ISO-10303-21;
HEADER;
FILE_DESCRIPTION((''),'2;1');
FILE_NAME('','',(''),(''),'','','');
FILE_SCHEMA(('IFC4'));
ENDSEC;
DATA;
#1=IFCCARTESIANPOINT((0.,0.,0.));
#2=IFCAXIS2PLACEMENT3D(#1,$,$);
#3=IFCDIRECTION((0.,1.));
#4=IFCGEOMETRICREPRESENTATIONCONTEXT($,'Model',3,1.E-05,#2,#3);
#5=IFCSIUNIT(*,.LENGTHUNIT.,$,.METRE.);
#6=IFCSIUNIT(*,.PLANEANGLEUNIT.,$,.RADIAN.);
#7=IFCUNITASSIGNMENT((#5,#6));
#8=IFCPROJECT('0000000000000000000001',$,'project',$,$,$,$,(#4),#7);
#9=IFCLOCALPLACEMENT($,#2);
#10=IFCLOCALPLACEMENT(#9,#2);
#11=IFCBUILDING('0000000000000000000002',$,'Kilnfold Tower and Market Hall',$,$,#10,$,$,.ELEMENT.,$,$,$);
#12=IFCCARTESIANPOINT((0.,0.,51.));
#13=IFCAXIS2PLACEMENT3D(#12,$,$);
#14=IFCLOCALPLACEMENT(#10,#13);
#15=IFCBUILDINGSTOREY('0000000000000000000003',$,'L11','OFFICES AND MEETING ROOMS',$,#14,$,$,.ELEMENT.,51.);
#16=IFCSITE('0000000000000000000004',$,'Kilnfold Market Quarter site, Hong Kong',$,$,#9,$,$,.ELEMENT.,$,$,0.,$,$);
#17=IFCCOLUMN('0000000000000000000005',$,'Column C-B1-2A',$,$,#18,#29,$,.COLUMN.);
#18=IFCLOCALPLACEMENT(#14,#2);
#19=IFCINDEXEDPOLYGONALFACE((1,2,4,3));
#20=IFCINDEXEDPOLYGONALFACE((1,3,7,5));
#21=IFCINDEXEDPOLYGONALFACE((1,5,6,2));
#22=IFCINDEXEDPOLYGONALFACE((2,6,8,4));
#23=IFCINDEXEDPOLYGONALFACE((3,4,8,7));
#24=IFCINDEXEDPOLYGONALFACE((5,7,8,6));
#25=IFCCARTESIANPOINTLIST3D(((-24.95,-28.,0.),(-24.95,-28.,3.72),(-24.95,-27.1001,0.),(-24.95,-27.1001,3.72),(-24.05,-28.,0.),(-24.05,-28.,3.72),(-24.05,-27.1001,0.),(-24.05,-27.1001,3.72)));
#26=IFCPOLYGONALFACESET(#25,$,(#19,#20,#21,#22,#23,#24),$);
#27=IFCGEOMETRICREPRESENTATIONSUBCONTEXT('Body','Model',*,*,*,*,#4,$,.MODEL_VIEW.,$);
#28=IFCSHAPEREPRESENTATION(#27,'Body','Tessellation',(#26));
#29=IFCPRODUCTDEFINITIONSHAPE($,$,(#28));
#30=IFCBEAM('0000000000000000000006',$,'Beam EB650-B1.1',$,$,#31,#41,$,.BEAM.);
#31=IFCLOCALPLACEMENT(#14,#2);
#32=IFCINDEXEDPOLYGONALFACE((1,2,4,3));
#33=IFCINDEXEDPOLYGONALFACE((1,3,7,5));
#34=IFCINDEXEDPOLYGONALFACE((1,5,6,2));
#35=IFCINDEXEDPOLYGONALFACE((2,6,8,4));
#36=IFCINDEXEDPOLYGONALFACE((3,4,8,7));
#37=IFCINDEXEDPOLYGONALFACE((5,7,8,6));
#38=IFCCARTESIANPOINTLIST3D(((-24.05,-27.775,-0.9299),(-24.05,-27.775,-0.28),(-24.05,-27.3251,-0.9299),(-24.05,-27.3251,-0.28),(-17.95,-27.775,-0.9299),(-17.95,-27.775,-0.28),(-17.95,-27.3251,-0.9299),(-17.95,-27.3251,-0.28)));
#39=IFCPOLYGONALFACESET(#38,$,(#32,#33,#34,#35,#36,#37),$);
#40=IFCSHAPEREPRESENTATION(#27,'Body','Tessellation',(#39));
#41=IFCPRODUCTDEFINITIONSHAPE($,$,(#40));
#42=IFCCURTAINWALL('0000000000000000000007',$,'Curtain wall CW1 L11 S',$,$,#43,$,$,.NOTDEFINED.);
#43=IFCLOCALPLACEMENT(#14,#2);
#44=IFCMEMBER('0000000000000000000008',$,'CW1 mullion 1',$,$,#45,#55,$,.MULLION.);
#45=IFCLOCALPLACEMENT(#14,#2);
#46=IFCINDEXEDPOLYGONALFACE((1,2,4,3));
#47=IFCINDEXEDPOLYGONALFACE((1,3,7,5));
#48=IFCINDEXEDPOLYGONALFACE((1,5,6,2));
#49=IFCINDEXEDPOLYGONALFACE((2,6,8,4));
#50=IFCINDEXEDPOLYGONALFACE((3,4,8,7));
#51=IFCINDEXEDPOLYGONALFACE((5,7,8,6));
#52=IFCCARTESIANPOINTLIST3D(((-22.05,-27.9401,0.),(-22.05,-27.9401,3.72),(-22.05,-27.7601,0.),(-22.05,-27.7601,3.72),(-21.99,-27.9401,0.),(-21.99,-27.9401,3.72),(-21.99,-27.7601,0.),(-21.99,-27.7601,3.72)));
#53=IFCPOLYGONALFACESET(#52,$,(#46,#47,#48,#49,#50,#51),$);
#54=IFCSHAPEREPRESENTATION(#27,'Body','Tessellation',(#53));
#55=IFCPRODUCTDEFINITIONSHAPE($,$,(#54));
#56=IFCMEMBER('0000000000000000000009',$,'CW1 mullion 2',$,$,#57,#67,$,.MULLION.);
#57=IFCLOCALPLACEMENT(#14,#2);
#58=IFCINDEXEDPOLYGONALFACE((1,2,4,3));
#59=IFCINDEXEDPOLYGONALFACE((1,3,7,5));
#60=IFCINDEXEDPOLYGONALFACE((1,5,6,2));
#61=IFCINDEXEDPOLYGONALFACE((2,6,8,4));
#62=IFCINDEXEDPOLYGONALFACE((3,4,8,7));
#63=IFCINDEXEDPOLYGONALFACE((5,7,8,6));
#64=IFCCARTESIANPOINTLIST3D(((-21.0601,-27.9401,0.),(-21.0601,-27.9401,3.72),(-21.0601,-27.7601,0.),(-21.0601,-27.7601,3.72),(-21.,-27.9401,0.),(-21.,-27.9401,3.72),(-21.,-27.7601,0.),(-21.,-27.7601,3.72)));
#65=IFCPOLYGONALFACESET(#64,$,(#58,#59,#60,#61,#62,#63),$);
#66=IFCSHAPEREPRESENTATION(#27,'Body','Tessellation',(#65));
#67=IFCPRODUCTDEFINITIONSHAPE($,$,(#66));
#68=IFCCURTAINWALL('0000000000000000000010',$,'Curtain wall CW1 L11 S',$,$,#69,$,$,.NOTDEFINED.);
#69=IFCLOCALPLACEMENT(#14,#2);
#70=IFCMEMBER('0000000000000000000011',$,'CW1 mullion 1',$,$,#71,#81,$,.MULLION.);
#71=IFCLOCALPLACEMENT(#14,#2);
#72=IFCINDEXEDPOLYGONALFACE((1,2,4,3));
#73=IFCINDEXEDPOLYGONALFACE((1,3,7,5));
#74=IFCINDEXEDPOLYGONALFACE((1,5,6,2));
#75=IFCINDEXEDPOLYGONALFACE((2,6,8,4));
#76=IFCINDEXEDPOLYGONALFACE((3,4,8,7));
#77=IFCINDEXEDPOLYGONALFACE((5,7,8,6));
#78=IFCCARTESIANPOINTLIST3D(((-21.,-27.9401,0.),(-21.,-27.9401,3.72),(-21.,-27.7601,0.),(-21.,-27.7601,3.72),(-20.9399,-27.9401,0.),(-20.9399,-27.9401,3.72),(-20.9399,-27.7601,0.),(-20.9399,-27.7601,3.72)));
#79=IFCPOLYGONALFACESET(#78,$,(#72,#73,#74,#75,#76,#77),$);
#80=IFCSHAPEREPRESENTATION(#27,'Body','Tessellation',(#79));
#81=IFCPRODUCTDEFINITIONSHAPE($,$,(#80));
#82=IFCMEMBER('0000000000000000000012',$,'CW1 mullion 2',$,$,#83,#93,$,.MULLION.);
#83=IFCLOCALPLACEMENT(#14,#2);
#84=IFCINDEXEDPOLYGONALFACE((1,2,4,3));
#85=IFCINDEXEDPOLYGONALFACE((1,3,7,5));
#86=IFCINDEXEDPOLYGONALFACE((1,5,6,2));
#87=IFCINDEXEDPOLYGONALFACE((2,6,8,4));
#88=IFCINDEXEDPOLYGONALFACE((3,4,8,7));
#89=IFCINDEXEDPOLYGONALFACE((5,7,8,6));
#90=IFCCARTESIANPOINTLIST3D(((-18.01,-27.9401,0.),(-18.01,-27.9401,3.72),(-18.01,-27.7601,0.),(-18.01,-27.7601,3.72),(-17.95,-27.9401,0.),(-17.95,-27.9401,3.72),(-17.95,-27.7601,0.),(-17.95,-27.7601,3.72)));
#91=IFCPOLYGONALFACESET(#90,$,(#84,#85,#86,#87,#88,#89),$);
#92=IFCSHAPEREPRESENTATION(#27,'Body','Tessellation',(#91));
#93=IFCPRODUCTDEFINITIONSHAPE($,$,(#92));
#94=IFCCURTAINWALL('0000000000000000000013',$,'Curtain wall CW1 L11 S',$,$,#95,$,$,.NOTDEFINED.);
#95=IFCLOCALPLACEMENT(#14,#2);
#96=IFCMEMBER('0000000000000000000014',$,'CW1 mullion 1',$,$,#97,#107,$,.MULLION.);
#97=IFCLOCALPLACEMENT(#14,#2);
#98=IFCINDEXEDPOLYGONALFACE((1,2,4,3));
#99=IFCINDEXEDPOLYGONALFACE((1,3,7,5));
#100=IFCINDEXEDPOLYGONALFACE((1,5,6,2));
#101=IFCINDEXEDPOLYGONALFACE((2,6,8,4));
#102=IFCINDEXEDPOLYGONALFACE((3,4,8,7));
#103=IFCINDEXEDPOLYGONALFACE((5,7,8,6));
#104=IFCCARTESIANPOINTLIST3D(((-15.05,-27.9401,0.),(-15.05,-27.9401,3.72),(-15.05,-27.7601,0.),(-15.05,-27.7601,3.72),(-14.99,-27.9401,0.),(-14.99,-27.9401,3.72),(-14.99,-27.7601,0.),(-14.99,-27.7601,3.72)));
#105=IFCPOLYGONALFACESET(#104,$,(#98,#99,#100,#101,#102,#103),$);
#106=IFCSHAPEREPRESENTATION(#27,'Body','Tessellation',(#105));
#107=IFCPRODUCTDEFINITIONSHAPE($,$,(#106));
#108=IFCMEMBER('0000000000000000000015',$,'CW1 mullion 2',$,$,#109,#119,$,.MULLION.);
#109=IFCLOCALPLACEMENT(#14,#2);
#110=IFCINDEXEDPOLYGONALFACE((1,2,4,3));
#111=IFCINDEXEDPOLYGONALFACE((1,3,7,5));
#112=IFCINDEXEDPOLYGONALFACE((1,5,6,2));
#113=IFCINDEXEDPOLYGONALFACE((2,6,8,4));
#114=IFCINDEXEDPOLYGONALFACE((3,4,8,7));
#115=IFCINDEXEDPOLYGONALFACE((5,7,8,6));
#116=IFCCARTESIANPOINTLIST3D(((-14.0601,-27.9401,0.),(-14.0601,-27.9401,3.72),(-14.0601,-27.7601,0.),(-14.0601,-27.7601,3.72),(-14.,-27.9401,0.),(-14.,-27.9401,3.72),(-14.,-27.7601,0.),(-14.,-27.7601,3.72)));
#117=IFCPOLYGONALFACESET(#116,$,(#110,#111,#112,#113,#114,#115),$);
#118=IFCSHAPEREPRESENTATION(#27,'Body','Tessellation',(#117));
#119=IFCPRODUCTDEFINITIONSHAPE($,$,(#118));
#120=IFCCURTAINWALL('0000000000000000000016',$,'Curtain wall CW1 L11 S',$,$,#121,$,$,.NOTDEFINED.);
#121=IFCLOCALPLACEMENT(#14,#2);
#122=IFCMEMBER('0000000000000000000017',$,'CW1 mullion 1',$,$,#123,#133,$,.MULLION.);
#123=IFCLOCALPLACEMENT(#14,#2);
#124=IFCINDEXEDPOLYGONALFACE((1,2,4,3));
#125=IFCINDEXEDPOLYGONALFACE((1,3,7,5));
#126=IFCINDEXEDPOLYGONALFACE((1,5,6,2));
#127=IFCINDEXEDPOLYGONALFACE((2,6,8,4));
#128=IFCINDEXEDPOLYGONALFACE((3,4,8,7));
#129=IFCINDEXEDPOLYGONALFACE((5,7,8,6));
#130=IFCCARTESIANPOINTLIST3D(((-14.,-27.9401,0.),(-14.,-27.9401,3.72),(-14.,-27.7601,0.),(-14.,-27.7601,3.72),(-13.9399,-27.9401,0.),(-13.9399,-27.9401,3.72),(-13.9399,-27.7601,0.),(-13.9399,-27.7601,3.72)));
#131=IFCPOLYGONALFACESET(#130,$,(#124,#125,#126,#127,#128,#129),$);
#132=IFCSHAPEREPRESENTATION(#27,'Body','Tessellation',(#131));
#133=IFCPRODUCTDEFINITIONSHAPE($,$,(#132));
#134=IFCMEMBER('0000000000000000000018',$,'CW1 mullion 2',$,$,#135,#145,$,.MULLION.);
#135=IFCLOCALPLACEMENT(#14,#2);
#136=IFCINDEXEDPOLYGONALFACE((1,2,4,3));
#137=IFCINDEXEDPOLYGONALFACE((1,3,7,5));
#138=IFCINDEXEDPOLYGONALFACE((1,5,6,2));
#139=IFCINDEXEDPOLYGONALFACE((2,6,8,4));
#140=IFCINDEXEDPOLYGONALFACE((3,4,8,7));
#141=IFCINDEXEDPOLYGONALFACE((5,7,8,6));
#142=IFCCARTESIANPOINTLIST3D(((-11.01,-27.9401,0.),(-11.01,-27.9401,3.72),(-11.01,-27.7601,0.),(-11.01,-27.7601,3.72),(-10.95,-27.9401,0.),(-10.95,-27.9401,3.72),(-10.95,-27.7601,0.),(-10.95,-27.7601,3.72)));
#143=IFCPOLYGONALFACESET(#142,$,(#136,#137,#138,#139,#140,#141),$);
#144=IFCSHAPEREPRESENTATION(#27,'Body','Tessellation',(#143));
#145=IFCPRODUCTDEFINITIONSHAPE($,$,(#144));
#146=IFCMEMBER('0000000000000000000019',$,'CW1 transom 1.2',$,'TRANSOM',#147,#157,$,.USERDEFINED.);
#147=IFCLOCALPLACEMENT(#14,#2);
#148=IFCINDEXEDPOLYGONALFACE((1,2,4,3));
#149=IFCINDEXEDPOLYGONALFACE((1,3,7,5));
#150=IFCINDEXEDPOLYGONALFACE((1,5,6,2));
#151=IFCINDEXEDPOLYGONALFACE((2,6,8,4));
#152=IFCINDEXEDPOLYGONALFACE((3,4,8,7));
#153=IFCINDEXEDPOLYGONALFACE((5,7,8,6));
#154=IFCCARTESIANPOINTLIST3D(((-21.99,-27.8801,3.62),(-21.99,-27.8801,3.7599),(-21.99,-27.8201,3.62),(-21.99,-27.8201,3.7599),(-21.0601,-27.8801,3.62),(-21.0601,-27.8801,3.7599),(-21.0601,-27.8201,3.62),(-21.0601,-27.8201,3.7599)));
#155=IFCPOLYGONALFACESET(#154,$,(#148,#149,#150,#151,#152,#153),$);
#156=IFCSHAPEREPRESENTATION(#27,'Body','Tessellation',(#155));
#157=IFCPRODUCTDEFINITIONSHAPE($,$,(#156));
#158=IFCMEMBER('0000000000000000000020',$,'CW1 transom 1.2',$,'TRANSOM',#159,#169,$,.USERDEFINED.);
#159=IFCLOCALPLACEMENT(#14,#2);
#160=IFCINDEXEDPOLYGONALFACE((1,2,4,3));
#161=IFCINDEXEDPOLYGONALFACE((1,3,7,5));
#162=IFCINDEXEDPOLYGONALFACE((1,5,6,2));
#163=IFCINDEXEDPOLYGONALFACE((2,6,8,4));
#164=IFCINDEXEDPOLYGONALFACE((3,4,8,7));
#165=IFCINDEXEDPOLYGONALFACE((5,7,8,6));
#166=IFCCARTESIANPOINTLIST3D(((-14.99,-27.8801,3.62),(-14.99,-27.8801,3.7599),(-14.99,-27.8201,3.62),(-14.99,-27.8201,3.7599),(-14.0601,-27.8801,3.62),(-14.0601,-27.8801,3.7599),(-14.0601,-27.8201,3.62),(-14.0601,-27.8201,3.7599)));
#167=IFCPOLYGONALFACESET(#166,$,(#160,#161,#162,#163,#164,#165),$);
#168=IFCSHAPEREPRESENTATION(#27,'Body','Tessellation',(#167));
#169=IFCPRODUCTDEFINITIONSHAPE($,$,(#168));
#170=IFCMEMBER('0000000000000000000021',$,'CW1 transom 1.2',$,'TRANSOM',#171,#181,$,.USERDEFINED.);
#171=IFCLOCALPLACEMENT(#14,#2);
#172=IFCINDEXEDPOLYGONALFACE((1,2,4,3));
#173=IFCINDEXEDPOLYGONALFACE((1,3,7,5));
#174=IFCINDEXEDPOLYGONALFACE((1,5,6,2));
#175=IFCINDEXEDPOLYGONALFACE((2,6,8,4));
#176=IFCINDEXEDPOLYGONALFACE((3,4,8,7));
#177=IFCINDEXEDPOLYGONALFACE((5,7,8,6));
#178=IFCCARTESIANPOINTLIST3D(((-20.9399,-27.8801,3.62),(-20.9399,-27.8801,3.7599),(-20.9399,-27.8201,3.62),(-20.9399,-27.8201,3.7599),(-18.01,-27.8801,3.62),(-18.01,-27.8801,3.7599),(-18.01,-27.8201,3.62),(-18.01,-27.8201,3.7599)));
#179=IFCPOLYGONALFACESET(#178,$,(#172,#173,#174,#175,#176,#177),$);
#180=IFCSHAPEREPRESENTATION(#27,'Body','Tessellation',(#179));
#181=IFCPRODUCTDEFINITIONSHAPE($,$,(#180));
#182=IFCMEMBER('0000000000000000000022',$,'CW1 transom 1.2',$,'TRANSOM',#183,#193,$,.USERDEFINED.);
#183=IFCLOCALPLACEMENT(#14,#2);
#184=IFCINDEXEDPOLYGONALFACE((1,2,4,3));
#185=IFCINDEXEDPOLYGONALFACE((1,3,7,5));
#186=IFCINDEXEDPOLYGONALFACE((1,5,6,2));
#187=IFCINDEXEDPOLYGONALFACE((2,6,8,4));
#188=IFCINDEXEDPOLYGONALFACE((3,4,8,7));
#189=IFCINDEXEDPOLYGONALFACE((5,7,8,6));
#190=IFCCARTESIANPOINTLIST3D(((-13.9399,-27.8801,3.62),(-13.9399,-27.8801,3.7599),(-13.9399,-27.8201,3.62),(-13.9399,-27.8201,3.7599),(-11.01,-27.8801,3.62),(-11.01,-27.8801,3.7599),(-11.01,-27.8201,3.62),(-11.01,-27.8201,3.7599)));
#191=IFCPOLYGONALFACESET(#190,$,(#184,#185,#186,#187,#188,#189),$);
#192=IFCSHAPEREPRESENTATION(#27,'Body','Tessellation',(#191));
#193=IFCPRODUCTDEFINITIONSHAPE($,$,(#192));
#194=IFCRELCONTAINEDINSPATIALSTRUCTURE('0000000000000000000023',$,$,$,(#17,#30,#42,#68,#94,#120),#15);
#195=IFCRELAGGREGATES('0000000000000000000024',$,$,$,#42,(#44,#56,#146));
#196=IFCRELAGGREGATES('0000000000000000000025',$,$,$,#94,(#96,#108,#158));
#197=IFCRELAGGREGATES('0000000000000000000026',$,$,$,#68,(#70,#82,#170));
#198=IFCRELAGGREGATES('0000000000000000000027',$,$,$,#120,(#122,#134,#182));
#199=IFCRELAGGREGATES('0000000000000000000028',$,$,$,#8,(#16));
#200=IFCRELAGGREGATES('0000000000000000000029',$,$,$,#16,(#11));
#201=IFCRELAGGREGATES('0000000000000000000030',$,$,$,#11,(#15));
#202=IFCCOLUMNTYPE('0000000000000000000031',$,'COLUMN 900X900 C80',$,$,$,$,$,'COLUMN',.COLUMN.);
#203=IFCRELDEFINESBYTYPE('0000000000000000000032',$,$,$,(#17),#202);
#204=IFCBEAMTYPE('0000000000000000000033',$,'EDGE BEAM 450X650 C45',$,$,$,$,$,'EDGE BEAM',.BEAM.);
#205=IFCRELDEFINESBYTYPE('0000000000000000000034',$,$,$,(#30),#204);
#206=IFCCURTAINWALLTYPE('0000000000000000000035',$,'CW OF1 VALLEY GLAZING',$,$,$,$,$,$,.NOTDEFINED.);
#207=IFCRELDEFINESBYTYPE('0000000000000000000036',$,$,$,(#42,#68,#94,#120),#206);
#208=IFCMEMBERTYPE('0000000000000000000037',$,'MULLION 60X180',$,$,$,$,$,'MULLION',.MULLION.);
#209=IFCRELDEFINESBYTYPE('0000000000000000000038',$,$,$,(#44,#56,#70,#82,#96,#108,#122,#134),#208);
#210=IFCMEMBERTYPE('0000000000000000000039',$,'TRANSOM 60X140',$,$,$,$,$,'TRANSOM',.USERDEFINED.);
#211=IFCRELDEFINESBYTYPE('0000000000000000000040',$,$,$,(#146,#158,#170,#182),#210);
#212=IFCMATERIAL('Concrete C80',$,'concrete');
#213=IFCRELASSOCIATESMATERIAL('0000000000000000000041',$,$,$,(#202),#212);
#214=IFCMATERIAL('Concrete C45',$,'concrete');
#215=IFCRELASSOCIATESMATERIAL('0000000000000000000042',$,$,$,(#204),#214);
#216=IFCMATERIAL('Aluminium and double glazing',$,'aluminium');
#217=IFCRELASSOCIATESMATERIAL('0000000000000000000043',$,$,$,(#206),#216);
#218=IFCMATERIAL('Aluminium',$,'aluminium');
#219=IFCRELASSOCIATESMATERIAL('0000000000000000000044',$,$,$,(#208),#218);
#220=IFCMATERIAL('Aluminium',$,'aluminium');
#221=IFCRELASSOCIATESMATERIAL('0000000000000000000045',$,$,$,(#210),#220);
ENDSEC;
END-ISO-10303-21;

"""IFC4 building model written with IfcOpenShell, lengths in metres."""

from ifc_helpers import new_model, si_unit, direction, frame, origin, origin_2d, place, context, subcontext, project, spatial, rectangle, extrude, source, transform, mapped, material, material_profile, profile_set, type_object, element, aggregate, save


model = new_model("IFC4")

# Units and contexts
model_context = context("Model", 3, precision=1e-05, world=origin(), true_north=direction((0.0, 1.0)))
body_context = subcontext(model_context, "Body", "Model", "MODEL_VIEW")
ifc_project = project(units=[si_unit("LENGTHUNIT", "METRE"), si_unit("PLANEANGLEUNIT", "RADIAN")], contexts=[model_context])

# Site, building, storey
site_placement = place(None, origin())
site = spatial("IfcSite", under=ifc_project, at=site_placement, Name="Kilnfold Market Quarter site, Hong Kong", CompositionType="ELEMENT", RefElevation=0.0)
building_placement = place(site_placement, origin())
building = spatial("IfcBuilding", under=site, at=building_placement, Name="Kilnfold Tower and Market Hall", CompositionType="ELEMENT")
storey_placement = place(building_placement, frame((0.0, 0.0, 51.0)))
storey = spatial("IfcBuildingStorey", under=building, at=storey_placement, Name="L11", Description="OFFICES AND MEETING ROOMS", CompositionType="ELEMENT", Elevation=51.0)

# Column
ifc_material_1 = material(Name="Concrete C80", Category="concrete")
ifc_material_profile_1 = material_profile(ifc_material_1, rectangle(XDim=0.8999, YDim=0.8999, at=origin_2d()), Name="RC 900x900")
ifc_profile_set_1 = profile_set([ifc_material_profile_1], Name="Concrete C80")
column_type = type_object("IfcColumnType", Name="COLUMN 900X900 C80", ElementType="COLUMN", PredefinedType="COLUMN", material=ifc_profile_set_1)
shared_shape_1 = source(origin(), body_context, "Body", "SweptSolid", [
    extrude(rectangle(XDim=0.8999, YDim=0.8999, at=origin_2d()), origin(), (0.0, 0.0, 1.0), 3.72),
])
column_placement = place(storey_placement, frame((-24.5, -27.55, 0.0), z_axis=(0.0, 0.0, 1.0), x_axis=(1.0, 0.0, 0.0)))
element("IfcColumn", 1, at=column_placement, inside=storey, type_object=column_type, Name="Column C-B1-2A", PredefinedType="COLUMN", context=body_context, shape_type="MappedRepresentation", body=[
    mapped(shared_shape_1, transform((0.0, 0.0, 0.0))),
])

# Beam
ifc_material_2 = material(Name="Concrete C45", Category="concrete")
ifc_material_profile_2 = material_profile(ifc_material_2, rectangle(XDim=0.45, YDim=0.6499, at=origin_2d()), Name="RC 450x650")
ifc_profile_set_2 = profile_set([ifc_material_profile_2], Name="Concrete C45")
beam_type = type_object("IfcBeamType", Name="EDGE BEAM 450X650 C45", ElementType="EDGE BEAM", PredefinedType="BEAM", material=ifc_profile_set_2)
shared_shape_2 = source(origin(), body_context, "Body", "SweptSolid", [
    extrude(rectangle(XDim=0.45, YDim=0.6499, at=origin_2d()), origin(), (0.0, 0.0, 1.0), 6.1001),
])
beam_placement = place(storey_placement, frame((-24.05, -27.55, -0.605), z_axis=(1.0, 0.0, 0.0), x_axis=(0.0, 1.0, 0.0)))
element("IfcBeam", 2, at=beam_placement, inside=storey, type_object=beam_type, Name="Beam EB650-B1.1", PredefinedType="BEAM", context=body_context, shape_type="MappedRepresentation", body=[
    mapped(shared_shape_2, transform((0.0, 0.0, 0.0))),
])

# Curtain walls, members
ifc_material_3 = material(Name="Aluminium and double glazing", Category="aluminium")
curtain_wall_type = type_object("IfcCurtainWallType", Name="CW OF1 VALLEY GLAZING", PredefinedType="NOTDEFINED", material=ifc_material_3)
curtain_wall_1_placement = place(storey_placement, origin())
curtain_wall_1 = element("IfcCurtainWall", 3, at=curtain_wall_1_placement, inside=storey, type_object=curtain_wall_type, Name="Curtain wall CW1 L11 S", PredefinedType="NOTDEFINED")
ifc_material_4 = material(Name="Aluminium", Category="aluminium")
ifc_material_profile_3 = material_profile(ifc_material_4, rectangle(XDim=0.0601, YDim=0.1799, at=origin_2d()), Name="MULLION 60x180")
ifc_profile_set_3 = profile_set([ifc_material_profile_3], Name="Aluminium")
member_type_1 = type_object("IfcMemberType", Name="MULLION 60X180", ElementType="MULLION", PredefinedType="MULLION", material=ifc_profile_set_3)
shared_shape_3 = source(origin(), body_context, "Body", "SweptSolid", [
    extrude(rectangle(XDim=0.0601, YDim=0.1799, at=origin_2d()), origin(), (0.0, 0.0, 1.0), 3.72),
])
member_1_placement = place(storey_placement, frame((-22.02, -27.8501, 0.0), z_axis=(0.0, 0.0, 1.0), x_axis=(1.0, 0.0, 0.0)))
member_1 = element("IfcMember", 4, at=member_1_placement, type_object=member_type_1, Name="CW1 mullion 1", PredefinedType="MULLION", context=body_context, shape_type="MappedRepresentation", body=[
    mapped(shared_shape_3, transform((0.0, 0.0, 0.0))),
])
member_2_placement = place(storey_placement, frame((-21.03, -27.8501, 0.0), z_axis=(0.0, 0.0, 1.0), x_axis=(1.0, 0.0, 0.0)))
member_2 = element("IfcMember", 5, at=member_2_placement, type_object=member_type_1, Name="CW1 mullion 2", PredefinedType="MULLION", context=body_context, shape_type="MappedRepresentation", body=[
    mapped(shared_shape_3, transform((0.0, 0.0, 0.0))),
])
curtain_wall_2_placement = place(storey_placement, origin())
curtain_wall_2 = element("IfcCurtainWall", 6, at=curtain_wall_2_placement, inside=storey, type_object=curtain_wall_type, Name="Curtain wall CW1 L11 S", PredefinedType="NOTDEFINED")
member_3_placement = place(storey_placement, frame((-20.97, -27.8501, 0.0), z_axis=(0.0, 0.0, 1.0), x_axis=(1.0, 0.0, 0.0)))
member_3 = element("IfcMember", 7, at=member_3_placement, type_object=member_type_1, Name="CW1 mullion 1", PredefinedType="MULLION", context=body_context, shape_type="MappedRepresentation", body=[
    mapped(shared_shape_3, transform((0.0, 0.0, 0.0))),
])
member_4_placement = place(storey_placement, frame((-17.98, -27.8501, 0.0), z_axis=(0.0, 0.0, 1.0), x_axis=(1.0, 0.0, 0.0)))
member_4 = element("IfcMember", 8, at=member_4_placement, type_object=member_type_1, Name="CW1 mullion 2", PredefinedType="MULLION", context=body_context, shape_type="MappedRepresentation", body=[
    mapped(shared_shape_3, transform((0.0, 0.0, 0.0))),
])
curtain_wall_3_placement = place(storey_placement, origin())
curtain_wall_3 = element("IfcCurtainWall", 9, at=curtain_wall_3_placement, inside=storey, type_object=curtain_wall_type, Name="Curtain wall CW1 L11 S", PredefinedType="NOTDEFINED")
member_5_placement = place(storey_placement, frame((-15.02, -27.8501, 0.0), z_axis=(0.0, 0.0, 1.0), x_axis=(1.0, 0.0, 0.0)))
member_5 = element("IfcMember", 10, at=member_5_placement, type_object=member_type_1, Name="CW1 mullion 1", PredefinedType="MULLION", context=body_context, shape_type="MappedRepresentation", body=[
    mapped(shared_shape_3, transform((0.0, 0.0, 0.0))),
])
member_6_placement = place(storey_placement, frame((-14.03, -27.8501, 0.0), z_axis=(0.0, 0.0, 1.0), x_axis=(1.0, 0.0, 0.0)))
member_6 = element("IfcMember", 11, at=member_6_placement, type_object=member_type_1, Name="CW1 mullion 2", PredefinedType="MULLION", context=body_context, shape_type="MappedRepresentation", body=[
    mapped(shared_shape_3, transform((0.0, 0.0, 0.0))),
])
curtain_wall_4_placement = place(storey_placement, origin())
curtain_wall_4 = element("IfcCurtainWall", 12, at=curtain_wall_4_placement, inside=storey, type_object=curtain_wall_type, Name="Curtain wall CW1 L11 S", PredefinedType="NOTDEFINED")
member_7_placement = place(storey_placement, frame((-13.97, -27.8501, 0.0), z_axis=(0.0, 0.0, 1.0), x_axis=(1.0, 0.0, 0.0)))
member_7 = element("IfcMember", 13, at=member_7_placement, type_object=member_type_1, Name="CW1 mullion 1", PredefinedType="MULLION", context=body_context, shape_type="MappedRepresentation", body=[
    mapped(shared_shape_3, transform((0.0, 0.0, 0.0))),
])
member_8_placement = place(storey_placement, frame((-10.98, -27.8501, 0.0), z_axis=(0.0, 0.0, 1.0), x_axis=(1.0, 0.0, 0.0)))
member_8 = element("IfcMember", 14, at=member_8_placement, type_object=member_type_1, Name="CW1 mullion 2", PredefinedType="MULLION", context=body_context, shape_type="MappedRepresentation", body=[
    mapped(shared_shape_3, transform((0.0, 0.0, 0.0))),
])

# Members
ifc_material_5 = material(Name="Aluminium", Category="aluminium")
ifc_material_profile_4 = material_profile(ifc_material_5, rectangle(XDim=0.0601, YDim=0.1399, at=origin_2d()), Name="TRANSOM 60x140")
ifc_profile_set_4 = profile_set([ifc_material_profile_4], Name="Aluminium")
member_type_2 = type_object("IfcMemberType", Name="TRANSOM 60X140", ElementType="TRANSOM", PredefinedType="USERDEFINED", material=ifc_profile_set_4)
shared_shape_4 = source(origin(), body_context, "Body", "SweptSolid", [
    extrude(rectangle(XDim=0.0601, YDim=0.1399, at=origin_2d()), origin(), (0.0, 0.0, 1.0), 0.9299),
])
member_9_placement = place(storey_placement, frame((-21.99, -27.8501, 3.6899), z_axis=(1.0, 0.0, 0.0), x_axis=(0.0, 1.0, 0.0)))
member_9 = element("IfcMember", 15, at=member_9_placement, type_object=member_type_2, Name="CW1 transom 1.2", ObjectType="TRANSOM", PredefinedType="USERDEFINED", context=body_context, shape_type="MappedRepresentation", body=[
    mapped(shared_shape_4, transform((0.0, 0.0, 0.0))),
])
member_10_placement = place(storey_placement, frame((-14.99, -27.8501, 3.6899), z_axis=(1.0, 0.0, 0.0), x_axis=(0.0, 1.0, 0.0)))
member_10 = element("IfcMember", 16, at=member_10_placement, type_object=member_type_2, Name="CW1 transom 1.2", ObjectType="TRANSOM", PredefinedType="USERDEFINED", context=body_context, shape_type="MappedRepresentation", body=[
    mapped(shared_shape_4, transform((0.0, 0.0, 0.0))),
])
shared_shape_5 = source(origin(), body_context, "Body", "SweptSolid", [
    extrude(rectangle(XDim=0.0601, YDim=0.1399, at=origin_2d()), origin(), (0.0, 0.0, 1.0), 2.9299),
])
member_11_placement = place(storey_placement, frame((-20.9399, -27.8501, 3.6899), z_axis=(1.0, 0.0, 0.0), x_axis=(0.0, 1.0, 0.0)))
member_11 = element("IfcMember", 17, at=member_11_placement, type_object=member_type_2, Name="CW1 transom 1.2", ObjectType="TRANSOM", PredefinedType="USERDEFINED", context=body_context, shape_type="MappedRepresentation", body=[
    mapped(shared_shape_5, transform((0.0, 0.0, 0.0))),
])
member_12_placement = place(storey_placement, frame((-13.9399, -27.8501, 3.6899), z_axis=(1.0, 0.0, 0.0), x_axis=(0.0, 1.0, 0.0)))
member_12 = element("IfcMember", 18, at=member_12_placement, type_object=member_type_2, Name="CW1 transom 1.2", ObjectType="TRANSOM", PredefinedType="USERDEFINED", context=body_context, shape_type="MappedRepresentation", body=[
    mapped(shared_shape_5, transform((0.0, 0.0, 0.0))),
])

aggregate(curtain_wall_1, [member_1, member_2, member_9])
aggregate(curtain_wall_3, [member_5, member_6, member_10])
aggregate(curtain_wall_2, [member_3, member_4, member_11])
aggregate(curtain_wall_4, [member_7, member_8, member_12])

save(model, "model.ifc")
